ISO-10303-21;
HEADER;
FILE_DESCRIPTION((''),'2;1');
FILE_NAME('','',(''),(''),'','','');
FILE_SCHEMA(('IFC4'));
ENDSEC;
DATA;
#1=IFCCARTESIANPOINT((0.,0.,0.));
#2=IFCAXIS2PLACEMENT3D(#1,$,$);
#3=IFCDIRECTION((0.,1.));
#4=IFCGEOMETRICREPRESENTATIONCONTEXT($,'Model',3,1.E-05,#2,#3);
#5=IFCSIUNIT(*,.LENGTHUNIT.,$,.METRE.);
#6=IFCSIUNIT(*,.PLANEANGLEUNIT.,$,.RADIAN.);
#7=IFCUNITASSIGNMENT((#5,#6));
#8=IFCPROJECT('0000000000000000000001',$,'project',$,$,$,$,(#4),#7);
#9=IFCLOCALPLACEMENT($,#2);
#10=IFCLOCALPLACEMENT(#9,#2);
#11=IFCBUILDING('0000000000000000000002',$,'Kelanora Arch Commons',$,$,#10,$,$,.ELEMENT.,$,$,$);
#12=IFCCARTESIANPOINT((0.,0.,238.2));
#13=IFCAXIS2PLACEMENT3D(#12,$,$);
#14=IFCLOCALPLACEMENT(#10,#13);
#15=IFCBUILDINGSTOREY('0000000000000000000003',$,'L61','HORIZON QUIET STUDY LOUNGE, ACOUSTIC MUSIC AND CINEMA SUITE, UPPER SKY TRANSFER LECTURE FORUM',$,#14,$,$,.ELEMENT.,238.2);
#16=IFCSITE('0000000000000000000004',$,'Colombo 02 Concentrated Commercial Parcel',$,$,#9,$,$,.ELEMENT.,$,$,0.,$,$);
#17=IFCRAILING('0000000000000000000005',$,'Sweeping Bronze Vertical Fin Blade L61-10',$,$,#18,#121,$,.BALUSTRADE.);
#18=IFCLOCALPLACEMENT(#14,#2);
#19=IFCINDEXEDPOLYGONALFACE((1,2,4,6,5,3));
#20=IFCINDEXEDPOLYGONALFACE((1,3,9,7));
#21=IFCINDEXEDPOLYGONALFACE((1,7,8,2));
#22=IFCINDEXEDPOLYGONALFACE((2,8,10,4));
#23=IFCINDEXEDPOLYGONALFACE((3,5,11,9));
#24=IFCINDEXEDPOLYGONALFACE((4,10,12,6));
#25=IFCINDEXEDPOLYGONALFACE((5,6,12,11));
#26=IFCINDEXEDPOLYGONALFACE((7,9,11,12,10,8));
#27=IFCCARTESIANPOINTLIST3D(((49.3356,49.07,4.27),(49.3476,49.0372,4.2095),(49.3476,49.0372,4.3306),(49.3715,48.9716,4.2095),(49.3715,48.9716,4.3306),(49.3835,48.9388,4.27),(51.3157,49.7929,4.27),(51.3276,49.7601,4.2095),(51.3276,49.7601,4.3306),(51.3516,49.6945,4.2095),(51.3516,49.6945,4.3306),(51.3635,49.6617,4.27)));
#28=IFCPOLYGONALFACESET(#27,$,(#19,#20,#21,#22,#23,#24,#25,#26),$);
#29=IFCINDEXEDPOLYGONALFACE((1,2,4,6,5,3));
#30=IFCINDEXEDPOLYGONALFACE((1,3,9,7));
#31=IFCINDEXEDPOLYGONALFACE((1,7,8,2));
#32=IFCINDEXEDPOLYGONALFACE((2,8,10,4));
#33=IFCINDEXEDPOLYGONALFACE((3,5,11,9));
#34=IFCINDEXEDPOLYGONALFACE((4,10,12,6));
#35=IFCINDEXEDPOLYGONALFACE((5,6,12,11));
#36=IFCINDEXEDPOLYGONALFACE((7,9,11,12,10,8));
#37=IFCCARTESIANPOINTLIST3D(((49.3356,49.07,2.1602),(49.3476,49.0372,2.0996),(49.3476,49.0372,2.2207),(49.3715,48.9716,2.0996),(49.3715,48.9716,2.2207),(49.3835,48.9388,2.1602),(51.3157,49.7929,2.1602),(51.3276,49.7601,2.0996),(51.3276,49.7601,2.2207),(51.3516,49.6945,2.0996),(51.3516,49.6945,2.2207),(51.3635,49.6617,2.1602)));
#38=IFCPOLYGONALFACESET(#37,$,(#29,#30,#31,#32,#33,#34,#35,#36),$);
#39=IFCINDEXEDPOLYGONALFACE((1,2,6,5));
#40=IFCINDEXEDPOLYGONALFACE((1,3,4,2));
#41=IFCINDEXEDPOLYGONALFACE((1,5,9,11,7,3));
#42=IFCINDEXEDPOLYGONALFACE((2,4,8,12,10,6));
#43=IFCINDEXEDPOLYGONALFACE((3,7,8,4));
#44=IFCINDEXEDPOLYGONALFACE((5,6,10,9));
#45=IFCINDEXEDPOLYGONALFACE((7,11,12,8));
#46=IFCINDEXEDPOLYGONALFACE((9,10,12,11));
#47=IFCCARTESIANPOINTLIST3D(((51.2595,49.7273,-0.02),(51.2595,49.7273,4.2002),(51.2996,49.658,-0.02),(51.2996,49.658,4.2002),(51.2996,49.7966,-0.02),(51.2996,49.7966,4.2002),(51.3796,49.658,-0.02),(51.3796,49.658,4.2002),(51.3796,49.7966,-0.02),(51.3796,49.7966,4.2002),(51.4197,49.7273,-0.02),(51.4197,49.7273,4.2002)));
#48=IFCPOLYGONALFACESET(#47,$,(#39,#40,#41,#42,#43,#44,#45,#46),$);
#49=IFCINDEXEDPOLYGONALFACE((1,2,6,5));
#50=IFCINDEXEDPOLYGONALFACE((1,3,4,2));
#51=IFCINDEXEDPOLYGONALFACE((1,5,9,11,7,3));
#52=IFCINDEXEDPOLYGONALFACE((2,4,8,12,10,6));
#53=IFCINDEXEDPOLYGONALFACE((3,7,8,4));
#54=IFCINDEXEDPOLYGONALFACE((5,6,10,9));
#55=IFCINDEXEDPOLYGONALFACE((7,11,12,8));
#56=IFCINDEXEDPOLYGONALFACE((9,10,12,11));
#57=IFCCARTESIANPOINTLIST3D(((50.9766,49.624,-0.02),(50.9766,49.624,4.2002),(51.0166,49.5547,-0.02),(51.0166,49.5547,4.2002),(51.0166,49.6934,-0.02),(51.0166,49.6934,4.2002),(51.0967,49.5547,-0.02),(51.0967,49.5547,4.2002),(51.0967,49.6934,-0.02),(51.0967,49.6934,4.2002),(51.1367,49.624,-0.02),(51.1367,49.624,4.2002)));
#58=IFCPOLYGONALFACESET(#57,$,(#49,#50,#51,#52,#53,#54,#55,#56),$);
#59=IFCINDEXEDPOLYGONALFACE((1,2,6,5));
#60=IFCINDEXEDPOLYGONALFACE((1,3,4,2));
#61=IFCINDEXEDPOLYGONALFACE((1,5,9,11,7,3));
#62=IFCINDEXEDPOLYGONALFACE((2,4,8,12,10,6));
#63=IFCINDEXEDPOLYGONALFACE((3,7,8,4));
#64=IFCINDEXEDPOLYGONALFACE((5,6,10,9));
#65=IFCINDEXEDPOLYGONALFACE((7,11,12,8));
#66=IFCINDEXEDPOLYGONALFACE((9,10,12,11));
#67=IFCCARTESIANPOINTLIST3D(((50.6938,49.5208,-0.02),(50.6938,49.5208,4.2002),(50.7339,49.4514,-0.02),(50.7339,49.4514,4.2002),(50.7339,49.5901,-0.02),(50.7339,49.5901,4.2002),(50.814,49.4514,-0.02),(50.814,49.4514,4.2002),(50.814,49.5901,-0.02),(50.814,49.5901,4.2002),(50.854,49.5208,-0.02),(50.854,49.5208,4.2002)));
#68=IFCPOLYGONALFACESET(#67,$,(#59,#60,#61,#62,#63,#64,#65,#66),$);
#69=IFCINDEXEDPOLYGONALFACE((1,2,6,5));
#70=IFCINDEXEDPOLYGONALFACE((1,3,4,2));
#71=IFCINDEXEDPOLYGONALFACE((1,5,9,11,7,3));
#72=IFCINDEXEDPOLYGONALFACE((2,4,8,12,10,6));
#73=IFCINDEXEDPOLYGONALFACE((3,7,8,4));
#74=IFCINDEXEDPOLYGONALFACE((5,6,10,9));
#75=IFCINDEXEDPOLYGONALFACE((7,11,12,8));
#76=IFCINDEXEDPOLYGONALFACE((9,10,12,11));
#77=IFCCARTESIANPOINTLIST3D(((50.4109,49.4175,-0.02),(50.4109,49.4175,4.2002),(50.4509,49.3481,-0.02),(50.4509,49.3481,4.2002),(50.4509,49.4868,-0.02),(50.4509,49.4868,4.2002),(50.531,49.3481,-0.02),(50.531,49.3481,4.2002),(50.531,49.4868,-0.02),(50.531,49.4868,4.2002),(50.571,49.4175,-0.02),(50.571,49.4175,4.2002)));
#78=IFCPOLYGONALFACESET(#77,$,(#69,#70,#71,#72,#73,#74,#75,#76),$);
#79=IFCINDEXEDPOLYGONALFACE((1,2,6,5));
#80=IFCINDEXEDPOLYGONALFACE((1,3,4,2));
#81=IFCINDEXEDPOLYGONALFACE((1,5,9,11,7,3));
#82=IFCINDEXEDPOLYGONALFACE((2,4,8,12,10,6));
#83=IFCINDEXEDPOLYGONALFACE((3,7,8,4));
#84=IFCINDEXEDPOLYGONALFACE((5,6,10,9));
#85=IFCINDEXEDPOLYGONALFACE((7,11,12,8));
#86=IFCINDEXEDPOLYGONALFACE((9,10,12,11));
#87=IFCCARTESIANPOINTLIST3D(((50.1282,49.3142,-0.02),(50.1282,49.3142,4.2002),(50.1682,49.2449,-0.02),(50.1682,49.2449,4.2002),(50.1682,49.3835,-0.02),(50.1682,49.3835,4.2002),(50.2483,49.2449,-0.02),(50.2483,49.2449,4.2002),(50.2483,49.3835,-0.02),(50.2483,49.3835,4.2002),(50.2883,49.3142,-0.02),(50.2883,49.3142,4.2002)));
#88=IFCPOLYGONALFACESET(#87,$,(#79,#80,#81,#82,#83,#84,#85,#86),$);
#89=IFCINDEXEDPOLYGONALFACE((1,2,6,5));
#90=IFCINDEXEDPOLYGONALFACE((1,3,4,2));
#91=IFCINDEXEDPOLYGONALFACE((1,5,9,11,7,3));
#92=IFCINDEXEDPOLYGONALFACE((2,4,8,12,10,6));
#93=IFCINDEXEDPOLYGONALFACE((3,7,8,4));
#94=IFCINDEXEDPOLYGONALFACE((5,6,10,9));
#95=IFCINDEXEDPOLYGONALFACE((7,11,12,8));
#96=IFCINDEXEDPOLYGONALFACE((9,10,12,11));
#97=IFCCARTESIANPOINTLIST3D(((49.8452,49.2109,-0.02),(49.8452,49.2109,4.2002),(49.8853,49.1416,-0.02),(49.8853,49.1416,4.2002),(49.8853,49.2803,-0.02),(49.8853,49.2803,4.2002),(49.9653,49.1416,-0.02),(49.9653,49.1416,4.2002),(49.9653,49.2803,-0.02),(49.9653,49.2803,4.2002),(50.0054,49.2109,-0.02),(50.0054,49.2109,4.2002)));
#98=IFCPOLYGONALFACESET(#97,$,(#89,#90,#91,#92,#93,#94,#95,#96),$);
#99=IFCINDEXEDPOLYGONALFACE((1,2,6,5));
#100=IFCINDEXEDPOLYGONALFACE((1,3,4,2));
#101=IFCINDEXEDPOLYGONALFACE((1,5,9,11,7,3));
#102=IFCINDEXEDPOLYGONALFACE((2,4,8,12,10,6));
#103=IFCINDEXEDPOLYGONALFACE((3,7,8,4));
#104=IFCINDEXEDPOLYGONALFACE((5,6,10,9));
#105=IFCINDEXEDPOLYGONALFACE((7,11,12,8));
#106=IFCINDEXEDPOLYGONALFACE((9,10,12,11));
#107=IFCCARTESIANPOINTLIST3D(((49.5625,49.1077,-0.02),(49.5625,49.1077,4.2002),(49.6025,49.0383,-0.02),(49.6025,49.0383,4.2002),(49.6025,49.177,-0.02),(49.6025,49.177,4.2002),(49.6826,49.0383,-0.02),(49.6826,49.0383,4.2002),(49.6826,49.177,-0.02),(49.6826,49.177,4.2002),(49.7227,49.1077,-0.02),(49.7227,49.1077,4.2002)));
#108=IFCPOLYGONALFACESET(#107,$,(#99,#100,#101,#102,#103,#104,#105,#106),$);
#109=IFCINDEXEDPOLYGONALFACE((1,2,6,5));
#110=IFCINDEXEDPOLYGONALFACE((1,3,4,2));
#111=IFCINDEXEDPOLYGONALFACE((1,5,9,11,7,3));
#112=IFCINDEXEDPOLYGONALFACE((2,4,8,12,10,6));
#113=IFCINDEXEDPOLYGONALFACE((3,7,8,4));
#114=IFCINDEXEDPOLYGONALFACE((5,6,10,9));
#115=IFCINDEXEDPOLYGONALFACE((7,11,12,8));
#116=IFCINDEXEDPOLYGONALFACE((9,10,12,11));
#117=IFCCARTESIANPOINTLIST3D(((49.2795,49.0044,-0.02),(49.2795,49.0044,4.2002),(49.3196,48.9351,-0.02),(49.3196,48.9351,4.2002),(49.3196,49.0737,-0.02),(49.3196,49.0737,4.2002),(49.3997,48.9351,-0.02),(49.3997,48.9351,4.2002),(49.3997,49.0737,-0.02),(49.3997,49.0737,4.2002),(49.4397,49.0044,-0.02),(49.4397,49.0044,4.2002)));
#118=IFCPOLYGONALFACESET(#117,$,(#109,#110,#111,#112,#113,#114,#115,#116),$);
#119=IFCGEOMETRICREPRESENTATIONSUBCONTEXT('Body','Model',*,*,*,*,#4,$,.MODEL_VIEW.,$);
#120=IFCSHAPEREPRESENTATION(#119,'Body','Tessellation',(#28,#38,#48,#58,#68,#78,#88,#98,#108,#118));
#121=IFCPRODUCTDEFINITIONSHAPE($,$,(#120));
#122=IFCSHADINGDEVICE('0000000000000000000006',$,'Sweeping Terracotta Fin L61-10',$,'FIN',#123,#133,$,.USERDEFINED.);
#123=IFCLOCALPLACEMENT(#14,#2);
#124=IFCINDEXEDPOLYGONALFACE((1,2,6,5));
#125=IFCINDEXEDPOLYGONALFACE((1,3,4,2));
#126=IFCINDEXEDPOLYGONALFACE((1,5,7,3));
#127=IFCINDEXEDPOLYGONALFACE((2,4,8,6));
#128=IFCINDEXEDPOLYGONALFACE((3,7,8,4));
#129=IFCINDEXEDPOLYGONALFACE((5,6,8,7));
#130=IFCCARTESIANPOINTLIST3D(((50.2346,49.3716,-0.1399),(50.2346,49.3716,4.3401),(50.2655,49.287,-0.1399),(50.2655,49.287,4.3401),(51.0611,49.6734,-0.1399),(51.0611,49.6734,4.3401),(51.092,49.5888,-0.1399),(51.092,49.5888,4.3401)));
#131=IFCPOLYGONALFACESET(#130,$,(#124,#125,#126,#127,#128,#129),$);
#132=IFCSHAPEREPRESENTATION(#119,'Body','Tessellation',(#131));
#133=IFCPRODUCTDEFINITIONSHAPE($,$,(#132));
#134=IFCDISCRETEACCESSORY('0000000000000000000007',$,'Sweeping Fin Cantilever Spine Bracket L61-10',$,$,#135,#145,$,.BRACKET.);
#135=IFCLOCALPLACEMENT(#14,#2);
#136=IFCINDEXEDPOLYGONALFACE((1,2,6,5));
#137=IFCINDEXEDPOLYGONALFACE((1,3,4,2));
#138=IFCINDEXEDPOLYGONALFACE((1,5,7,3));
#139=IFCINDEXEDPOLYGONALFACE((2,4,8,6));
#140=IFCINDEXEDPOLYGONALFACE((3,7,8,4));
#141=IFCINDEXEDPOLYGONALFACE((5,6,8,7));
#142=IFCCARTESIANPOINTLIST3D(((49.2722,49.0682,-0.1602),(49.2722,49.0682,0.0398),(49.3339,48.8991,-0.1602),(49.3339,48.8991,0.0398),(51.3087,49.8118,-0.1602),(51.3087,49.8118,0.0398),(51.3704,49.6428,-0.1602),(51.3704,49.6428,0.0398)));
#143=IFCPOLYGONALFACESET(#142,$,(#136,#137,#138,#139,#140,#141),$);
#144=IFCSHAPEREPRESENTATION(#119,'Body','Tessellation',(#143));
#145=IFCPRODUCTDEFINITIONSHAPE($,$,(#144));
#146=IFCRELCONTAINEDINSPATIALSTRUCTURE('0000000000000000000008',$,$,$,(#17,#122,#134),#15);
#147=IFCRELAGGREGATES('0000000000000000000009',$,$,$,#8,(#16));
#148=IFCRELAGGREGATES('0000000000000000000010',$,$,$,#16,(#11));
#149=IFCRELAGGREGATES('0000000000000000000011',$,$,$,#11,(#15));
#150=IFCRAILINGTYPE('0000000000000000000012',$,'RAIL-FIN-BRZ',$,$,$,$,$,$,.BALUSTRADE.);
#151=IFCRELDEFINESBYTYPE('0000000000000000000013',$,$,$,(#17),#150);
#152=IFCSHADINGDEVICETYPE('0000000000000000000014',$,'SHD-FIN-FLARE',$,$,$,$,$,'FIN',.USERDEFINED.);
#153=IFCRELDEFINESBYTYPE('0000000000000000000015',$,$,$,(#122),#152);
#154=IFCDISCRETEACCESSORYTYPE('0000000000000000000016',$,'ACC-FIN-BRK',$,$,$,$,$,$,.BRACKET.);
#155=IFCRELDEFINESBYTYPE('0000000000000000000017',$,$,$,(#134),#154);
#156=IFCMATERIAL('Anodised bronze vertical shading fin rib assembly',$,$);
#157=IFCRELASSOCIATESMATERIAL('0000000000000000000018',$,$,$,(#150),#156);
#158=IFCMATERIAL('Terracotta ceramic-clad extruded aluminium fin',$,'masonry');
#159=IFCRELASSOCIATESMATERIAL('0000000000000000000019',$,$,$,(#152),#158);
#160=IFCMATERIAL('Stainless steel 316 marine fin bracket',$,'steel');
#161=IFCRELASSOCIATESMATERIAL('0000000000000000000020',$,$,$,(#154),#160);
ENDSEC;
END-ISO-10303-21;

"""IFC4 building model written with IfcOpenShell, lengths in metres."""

from ifc_helpers import new_model, si_unit, direction, frame, origin, origin_2d, place, context, subcontext, project, spatial, polyline, rectangle, outline, extrude, source, transform, mapped, material, type_object, element, save


model = new_model("IFC4")

# Units and contexts
model_context = context("Model", 3, precision=1e-05, world=origin(), true_north=direction((0.0, 1.0)))
body_context = subcontext(model_context, "Body", "Model", "MODEL_VIEW")
ifc_project = project(units=[si_unit("LENGTHUNIT", "METRE"), si_unit("PLANEANGLEUNIT", "RADIAN")], contexts=[model_context])

# Site, building, storey
site_placement = place(None, origin())
site = spatial("IfcSite", under=ifc_project, at=site_placement, Name="Colombo 02 Concentrated Commercial Parcel", CompositionType="ELEMENT", RefElevation=0.0)
building_placement = place(site_placement, origin())
building = spatial("IfcBuilding", under=site, at=building_placement, Name="Kelanora Arch Commons", CompositionType="ELEMENT")
storey_placement = place(building_placement, frame((0.0, 0.0, 238.2)))
storey = spatial("IfcBuildingStorey", under=building, at=storey_placement, Name="L61", Description="HORIZON QUIET STUDY LOUNGE, ACOUSTIC MUSIC AND CINEMA SUITE, UPPER SKY TRANSFER LECTURE FORUM", CompositionType="ELEMENT", Elevation=238.2)

# Railing
ifc_material_1 = material(Name="Anodised bronze vertical shading fin rib assembly")
railing_type = type_object("IfcRailingType", Name="RAIL-FIN-BRZ", PredefinedType="BALUSTRADE", material=ifc_material_1)
railing_placement = place(storey_placement, frame((51.3396, 49.7273, -0.02)))
element("IfcRailing", 1, at=railing_placement, inside=storey, type_object=railing_type, Name="Sweeping Bronze Vertical Fin Blade L61-10", PredefinedType="BALUSTRADE", context=body_context, shape_type="SweptSolid", body=[
    extrude(outline(polyline([(0.0698, 0.0), (0.0349, 0.0605), (-0.0349, 0.0605), (-0.0698, 0.0), (-0.0349, -0.0605), (0.0349, -0.0605), (0.0698, 0.0)])), frame((0.0, 0.0, 4.29), z_axis=(-0.93935, -0.342961, 0.0), x_axis=(0.342961, -0.93935, 0.0)), (0.0, 0.0, 1.0), 2.1079),
    extrude(outline(polyline([(0.0698, 0.0), (0.0349, 0.0605), (-0.0349, 0.0605), (-0.0698, 0.0), (-0.0349, -0.0605), (0.0349, -0.0605), (0.0698, 0.0)])), frame((0.0, 0.0, 2.1802), z_axis=(-0.93935, -0.342961, 0.0), x_axis=(0.342961, -0.93935, 0.0)), (0.0, 0.0, 1.0), 2.1079),
    extrude(outline(polyline([(0.0801, 0.0), (0.04, 0.0693), (-0.04, 0.0693), (-0.0801, 0.0), (-0.04, -0.0693), (0.04, -0.0693), (0.0801, 0.0)])), origin(), (0.0, 0.0, 1.0), 4.2202),
    extrude(outline(polyline([(0.0801, 0.0), (0.04, 0.0693), (-0.04, 0.0693), (-0.0801, 0.0), (-0.04, -0.0693), (0.04, -0.0693), (0.0801, 0.0)])), frame((-0.283, -0.1033, 0.0)), (0.0, 0.0, 1.0), 4.2202),
    extrude(outline(polyline([(0.0801, 0.0), (0.04, 0.0693), (-0.04, 0.0693), (-0.0801, 0.0), (-0.04, -0.0693), (0.04, -0.0693), (0.0801, 0.0)])), frame((-0.5657, -0.2065, 0.0)), (0.0, 0.0, 1.0), 4.2202),
    extrude(outline(polyline([(0.0801, 0.0), (0.04, 0.0693), (-0.04, 0.0693), (-0.0801, 0.0), (-0.04, -0.0693), (0.04, -0.0693), (0.0801, 0.0)])), frame((-0.8486, -0.3098, 0.0)), (0.0, 0.0, 1.0), 4.2202),
    extrude(outline(polyline([(0.0801, 0.0), (0.04, 0.0693), (-0.04, 0.0693), (-0.0801, 0.0), (-0.04, -0.0693), (0.04, -0.0693), (0.0801, 0.0)])), frame((-1.1313, -0.4131, 0.0)), (0.0, 0.0, 1.0), 4.2202),
    extrude(outline(polyline([(0.0801, 0.0), (0.04, 0.0693), (-0.04, 0.0693), (-0.0801, 0.0), (-0.04, -0.0693), (0.04, -0.0693), (0.0801, 0.0)])), frame((-1.4143, -0.5164, 0.0)), (0.0, 0.0, 1.0), 4.2202),
    extrude(outline(polyline([(0.0801, 0.0), (0.04, 0.0693), (-0.04, 0.0693), (-0.0801, 0.0), (-0.04, -0.0693), (0.04, -0.0693), (0.0801, 0.0)])), frame((-1.697, -0.6196, 0.0)), (0.0, 0.0, 1.0), 4.2202),
    extrude(outline(polyline([(0.0801, 0.0), (0.04, 0.0693), (-0.04, 0.0693), (-0.0801, 0.0), (-0.04, -0.0693), (0.04, -0.0693), (0.0801, 0.0)])), frame((-1.98, -0.7229, 0.0)), (0.0, 0.0, 1.0), 4.2202),
])

# Shading device
ifc_material_2 = material(Name="Terracotta ceramic-clad extruded aluminium fin", Category="masonry")
shading_device_type = type_object("IfcShadingDeviceType", Name="SHD-FIN-FLARE", ElementType="FIN", PredefinedType="USERDEFINED", material=ifc_material_2)
shared_shape_1 = source(origin(), body_context, "Body", "SweptSolid", [
    extrude(rectangle(XDim=0.8799, YDim=0.0901, at=origin_2d()), origin(), (0.0, 0.0, 1.0), 4.48),
])
shading_device_placement = place(storey_placement, frame((50.6633, 49.4802, -0.1399), z_axis=(0.0, 0.0, 1.0), x_axis=(-0.939334, -0.343004, 0.0)))
element("IfcShadingDevice", 2, at=shading_device_placement, inside=storey, type_object=shading_device_type, Name="Sweeping Terracotta Fin L61-10", ObjectType="FIN", PredefinedType="USERDEFINED", context=body_context, shape_type="MappedRepresentation", body=[
    mapped(shared_shape_1, transform((0.0, 0.0, 0.0), scale=1.0)),
])

# Discrete accessory
ifc_material_3 = material(Name="Stainless steel 316 marine fin bracket", Category="steel")
discrete_accessory_type = type_object("IfcDiscreteAccessoryType", Name="ACC-FIN-BRK", PredefinedType="BRACKET", material=ifc_material_3)
shared_shape_2 = source(origin(), body_context, "Body", "SweptSolid", [
    extrude(rectangle(XDim=2.168, YDim=0.1799, at=origin_2d()), origin(), (0.0, 0.0, 1.0), 0.2),
])
discrete_accessory_placement = place(storey_placement, frame((50.3213, 49.3555, -0.1602), z_axis=(0.0, 0.0, 1.0), x_axis=(-0.939334, -0.343004, 0.0)))
element("IfcDiscreteAccessory", 3, at=discrete_accessory_placement, inside=storey, type_object=discrete_accessory_type, Name="Sweeping Fin Cantilever Spine Bracket L61-10", PredefinedType="BRACKET", context=body_context, shape_type="MappedRepresentation", body=[
    mapped(shared_shape_2, transform((0.0, 0.0, 0.0), scale=1.0)),
])

save(model, "model.ifc")
